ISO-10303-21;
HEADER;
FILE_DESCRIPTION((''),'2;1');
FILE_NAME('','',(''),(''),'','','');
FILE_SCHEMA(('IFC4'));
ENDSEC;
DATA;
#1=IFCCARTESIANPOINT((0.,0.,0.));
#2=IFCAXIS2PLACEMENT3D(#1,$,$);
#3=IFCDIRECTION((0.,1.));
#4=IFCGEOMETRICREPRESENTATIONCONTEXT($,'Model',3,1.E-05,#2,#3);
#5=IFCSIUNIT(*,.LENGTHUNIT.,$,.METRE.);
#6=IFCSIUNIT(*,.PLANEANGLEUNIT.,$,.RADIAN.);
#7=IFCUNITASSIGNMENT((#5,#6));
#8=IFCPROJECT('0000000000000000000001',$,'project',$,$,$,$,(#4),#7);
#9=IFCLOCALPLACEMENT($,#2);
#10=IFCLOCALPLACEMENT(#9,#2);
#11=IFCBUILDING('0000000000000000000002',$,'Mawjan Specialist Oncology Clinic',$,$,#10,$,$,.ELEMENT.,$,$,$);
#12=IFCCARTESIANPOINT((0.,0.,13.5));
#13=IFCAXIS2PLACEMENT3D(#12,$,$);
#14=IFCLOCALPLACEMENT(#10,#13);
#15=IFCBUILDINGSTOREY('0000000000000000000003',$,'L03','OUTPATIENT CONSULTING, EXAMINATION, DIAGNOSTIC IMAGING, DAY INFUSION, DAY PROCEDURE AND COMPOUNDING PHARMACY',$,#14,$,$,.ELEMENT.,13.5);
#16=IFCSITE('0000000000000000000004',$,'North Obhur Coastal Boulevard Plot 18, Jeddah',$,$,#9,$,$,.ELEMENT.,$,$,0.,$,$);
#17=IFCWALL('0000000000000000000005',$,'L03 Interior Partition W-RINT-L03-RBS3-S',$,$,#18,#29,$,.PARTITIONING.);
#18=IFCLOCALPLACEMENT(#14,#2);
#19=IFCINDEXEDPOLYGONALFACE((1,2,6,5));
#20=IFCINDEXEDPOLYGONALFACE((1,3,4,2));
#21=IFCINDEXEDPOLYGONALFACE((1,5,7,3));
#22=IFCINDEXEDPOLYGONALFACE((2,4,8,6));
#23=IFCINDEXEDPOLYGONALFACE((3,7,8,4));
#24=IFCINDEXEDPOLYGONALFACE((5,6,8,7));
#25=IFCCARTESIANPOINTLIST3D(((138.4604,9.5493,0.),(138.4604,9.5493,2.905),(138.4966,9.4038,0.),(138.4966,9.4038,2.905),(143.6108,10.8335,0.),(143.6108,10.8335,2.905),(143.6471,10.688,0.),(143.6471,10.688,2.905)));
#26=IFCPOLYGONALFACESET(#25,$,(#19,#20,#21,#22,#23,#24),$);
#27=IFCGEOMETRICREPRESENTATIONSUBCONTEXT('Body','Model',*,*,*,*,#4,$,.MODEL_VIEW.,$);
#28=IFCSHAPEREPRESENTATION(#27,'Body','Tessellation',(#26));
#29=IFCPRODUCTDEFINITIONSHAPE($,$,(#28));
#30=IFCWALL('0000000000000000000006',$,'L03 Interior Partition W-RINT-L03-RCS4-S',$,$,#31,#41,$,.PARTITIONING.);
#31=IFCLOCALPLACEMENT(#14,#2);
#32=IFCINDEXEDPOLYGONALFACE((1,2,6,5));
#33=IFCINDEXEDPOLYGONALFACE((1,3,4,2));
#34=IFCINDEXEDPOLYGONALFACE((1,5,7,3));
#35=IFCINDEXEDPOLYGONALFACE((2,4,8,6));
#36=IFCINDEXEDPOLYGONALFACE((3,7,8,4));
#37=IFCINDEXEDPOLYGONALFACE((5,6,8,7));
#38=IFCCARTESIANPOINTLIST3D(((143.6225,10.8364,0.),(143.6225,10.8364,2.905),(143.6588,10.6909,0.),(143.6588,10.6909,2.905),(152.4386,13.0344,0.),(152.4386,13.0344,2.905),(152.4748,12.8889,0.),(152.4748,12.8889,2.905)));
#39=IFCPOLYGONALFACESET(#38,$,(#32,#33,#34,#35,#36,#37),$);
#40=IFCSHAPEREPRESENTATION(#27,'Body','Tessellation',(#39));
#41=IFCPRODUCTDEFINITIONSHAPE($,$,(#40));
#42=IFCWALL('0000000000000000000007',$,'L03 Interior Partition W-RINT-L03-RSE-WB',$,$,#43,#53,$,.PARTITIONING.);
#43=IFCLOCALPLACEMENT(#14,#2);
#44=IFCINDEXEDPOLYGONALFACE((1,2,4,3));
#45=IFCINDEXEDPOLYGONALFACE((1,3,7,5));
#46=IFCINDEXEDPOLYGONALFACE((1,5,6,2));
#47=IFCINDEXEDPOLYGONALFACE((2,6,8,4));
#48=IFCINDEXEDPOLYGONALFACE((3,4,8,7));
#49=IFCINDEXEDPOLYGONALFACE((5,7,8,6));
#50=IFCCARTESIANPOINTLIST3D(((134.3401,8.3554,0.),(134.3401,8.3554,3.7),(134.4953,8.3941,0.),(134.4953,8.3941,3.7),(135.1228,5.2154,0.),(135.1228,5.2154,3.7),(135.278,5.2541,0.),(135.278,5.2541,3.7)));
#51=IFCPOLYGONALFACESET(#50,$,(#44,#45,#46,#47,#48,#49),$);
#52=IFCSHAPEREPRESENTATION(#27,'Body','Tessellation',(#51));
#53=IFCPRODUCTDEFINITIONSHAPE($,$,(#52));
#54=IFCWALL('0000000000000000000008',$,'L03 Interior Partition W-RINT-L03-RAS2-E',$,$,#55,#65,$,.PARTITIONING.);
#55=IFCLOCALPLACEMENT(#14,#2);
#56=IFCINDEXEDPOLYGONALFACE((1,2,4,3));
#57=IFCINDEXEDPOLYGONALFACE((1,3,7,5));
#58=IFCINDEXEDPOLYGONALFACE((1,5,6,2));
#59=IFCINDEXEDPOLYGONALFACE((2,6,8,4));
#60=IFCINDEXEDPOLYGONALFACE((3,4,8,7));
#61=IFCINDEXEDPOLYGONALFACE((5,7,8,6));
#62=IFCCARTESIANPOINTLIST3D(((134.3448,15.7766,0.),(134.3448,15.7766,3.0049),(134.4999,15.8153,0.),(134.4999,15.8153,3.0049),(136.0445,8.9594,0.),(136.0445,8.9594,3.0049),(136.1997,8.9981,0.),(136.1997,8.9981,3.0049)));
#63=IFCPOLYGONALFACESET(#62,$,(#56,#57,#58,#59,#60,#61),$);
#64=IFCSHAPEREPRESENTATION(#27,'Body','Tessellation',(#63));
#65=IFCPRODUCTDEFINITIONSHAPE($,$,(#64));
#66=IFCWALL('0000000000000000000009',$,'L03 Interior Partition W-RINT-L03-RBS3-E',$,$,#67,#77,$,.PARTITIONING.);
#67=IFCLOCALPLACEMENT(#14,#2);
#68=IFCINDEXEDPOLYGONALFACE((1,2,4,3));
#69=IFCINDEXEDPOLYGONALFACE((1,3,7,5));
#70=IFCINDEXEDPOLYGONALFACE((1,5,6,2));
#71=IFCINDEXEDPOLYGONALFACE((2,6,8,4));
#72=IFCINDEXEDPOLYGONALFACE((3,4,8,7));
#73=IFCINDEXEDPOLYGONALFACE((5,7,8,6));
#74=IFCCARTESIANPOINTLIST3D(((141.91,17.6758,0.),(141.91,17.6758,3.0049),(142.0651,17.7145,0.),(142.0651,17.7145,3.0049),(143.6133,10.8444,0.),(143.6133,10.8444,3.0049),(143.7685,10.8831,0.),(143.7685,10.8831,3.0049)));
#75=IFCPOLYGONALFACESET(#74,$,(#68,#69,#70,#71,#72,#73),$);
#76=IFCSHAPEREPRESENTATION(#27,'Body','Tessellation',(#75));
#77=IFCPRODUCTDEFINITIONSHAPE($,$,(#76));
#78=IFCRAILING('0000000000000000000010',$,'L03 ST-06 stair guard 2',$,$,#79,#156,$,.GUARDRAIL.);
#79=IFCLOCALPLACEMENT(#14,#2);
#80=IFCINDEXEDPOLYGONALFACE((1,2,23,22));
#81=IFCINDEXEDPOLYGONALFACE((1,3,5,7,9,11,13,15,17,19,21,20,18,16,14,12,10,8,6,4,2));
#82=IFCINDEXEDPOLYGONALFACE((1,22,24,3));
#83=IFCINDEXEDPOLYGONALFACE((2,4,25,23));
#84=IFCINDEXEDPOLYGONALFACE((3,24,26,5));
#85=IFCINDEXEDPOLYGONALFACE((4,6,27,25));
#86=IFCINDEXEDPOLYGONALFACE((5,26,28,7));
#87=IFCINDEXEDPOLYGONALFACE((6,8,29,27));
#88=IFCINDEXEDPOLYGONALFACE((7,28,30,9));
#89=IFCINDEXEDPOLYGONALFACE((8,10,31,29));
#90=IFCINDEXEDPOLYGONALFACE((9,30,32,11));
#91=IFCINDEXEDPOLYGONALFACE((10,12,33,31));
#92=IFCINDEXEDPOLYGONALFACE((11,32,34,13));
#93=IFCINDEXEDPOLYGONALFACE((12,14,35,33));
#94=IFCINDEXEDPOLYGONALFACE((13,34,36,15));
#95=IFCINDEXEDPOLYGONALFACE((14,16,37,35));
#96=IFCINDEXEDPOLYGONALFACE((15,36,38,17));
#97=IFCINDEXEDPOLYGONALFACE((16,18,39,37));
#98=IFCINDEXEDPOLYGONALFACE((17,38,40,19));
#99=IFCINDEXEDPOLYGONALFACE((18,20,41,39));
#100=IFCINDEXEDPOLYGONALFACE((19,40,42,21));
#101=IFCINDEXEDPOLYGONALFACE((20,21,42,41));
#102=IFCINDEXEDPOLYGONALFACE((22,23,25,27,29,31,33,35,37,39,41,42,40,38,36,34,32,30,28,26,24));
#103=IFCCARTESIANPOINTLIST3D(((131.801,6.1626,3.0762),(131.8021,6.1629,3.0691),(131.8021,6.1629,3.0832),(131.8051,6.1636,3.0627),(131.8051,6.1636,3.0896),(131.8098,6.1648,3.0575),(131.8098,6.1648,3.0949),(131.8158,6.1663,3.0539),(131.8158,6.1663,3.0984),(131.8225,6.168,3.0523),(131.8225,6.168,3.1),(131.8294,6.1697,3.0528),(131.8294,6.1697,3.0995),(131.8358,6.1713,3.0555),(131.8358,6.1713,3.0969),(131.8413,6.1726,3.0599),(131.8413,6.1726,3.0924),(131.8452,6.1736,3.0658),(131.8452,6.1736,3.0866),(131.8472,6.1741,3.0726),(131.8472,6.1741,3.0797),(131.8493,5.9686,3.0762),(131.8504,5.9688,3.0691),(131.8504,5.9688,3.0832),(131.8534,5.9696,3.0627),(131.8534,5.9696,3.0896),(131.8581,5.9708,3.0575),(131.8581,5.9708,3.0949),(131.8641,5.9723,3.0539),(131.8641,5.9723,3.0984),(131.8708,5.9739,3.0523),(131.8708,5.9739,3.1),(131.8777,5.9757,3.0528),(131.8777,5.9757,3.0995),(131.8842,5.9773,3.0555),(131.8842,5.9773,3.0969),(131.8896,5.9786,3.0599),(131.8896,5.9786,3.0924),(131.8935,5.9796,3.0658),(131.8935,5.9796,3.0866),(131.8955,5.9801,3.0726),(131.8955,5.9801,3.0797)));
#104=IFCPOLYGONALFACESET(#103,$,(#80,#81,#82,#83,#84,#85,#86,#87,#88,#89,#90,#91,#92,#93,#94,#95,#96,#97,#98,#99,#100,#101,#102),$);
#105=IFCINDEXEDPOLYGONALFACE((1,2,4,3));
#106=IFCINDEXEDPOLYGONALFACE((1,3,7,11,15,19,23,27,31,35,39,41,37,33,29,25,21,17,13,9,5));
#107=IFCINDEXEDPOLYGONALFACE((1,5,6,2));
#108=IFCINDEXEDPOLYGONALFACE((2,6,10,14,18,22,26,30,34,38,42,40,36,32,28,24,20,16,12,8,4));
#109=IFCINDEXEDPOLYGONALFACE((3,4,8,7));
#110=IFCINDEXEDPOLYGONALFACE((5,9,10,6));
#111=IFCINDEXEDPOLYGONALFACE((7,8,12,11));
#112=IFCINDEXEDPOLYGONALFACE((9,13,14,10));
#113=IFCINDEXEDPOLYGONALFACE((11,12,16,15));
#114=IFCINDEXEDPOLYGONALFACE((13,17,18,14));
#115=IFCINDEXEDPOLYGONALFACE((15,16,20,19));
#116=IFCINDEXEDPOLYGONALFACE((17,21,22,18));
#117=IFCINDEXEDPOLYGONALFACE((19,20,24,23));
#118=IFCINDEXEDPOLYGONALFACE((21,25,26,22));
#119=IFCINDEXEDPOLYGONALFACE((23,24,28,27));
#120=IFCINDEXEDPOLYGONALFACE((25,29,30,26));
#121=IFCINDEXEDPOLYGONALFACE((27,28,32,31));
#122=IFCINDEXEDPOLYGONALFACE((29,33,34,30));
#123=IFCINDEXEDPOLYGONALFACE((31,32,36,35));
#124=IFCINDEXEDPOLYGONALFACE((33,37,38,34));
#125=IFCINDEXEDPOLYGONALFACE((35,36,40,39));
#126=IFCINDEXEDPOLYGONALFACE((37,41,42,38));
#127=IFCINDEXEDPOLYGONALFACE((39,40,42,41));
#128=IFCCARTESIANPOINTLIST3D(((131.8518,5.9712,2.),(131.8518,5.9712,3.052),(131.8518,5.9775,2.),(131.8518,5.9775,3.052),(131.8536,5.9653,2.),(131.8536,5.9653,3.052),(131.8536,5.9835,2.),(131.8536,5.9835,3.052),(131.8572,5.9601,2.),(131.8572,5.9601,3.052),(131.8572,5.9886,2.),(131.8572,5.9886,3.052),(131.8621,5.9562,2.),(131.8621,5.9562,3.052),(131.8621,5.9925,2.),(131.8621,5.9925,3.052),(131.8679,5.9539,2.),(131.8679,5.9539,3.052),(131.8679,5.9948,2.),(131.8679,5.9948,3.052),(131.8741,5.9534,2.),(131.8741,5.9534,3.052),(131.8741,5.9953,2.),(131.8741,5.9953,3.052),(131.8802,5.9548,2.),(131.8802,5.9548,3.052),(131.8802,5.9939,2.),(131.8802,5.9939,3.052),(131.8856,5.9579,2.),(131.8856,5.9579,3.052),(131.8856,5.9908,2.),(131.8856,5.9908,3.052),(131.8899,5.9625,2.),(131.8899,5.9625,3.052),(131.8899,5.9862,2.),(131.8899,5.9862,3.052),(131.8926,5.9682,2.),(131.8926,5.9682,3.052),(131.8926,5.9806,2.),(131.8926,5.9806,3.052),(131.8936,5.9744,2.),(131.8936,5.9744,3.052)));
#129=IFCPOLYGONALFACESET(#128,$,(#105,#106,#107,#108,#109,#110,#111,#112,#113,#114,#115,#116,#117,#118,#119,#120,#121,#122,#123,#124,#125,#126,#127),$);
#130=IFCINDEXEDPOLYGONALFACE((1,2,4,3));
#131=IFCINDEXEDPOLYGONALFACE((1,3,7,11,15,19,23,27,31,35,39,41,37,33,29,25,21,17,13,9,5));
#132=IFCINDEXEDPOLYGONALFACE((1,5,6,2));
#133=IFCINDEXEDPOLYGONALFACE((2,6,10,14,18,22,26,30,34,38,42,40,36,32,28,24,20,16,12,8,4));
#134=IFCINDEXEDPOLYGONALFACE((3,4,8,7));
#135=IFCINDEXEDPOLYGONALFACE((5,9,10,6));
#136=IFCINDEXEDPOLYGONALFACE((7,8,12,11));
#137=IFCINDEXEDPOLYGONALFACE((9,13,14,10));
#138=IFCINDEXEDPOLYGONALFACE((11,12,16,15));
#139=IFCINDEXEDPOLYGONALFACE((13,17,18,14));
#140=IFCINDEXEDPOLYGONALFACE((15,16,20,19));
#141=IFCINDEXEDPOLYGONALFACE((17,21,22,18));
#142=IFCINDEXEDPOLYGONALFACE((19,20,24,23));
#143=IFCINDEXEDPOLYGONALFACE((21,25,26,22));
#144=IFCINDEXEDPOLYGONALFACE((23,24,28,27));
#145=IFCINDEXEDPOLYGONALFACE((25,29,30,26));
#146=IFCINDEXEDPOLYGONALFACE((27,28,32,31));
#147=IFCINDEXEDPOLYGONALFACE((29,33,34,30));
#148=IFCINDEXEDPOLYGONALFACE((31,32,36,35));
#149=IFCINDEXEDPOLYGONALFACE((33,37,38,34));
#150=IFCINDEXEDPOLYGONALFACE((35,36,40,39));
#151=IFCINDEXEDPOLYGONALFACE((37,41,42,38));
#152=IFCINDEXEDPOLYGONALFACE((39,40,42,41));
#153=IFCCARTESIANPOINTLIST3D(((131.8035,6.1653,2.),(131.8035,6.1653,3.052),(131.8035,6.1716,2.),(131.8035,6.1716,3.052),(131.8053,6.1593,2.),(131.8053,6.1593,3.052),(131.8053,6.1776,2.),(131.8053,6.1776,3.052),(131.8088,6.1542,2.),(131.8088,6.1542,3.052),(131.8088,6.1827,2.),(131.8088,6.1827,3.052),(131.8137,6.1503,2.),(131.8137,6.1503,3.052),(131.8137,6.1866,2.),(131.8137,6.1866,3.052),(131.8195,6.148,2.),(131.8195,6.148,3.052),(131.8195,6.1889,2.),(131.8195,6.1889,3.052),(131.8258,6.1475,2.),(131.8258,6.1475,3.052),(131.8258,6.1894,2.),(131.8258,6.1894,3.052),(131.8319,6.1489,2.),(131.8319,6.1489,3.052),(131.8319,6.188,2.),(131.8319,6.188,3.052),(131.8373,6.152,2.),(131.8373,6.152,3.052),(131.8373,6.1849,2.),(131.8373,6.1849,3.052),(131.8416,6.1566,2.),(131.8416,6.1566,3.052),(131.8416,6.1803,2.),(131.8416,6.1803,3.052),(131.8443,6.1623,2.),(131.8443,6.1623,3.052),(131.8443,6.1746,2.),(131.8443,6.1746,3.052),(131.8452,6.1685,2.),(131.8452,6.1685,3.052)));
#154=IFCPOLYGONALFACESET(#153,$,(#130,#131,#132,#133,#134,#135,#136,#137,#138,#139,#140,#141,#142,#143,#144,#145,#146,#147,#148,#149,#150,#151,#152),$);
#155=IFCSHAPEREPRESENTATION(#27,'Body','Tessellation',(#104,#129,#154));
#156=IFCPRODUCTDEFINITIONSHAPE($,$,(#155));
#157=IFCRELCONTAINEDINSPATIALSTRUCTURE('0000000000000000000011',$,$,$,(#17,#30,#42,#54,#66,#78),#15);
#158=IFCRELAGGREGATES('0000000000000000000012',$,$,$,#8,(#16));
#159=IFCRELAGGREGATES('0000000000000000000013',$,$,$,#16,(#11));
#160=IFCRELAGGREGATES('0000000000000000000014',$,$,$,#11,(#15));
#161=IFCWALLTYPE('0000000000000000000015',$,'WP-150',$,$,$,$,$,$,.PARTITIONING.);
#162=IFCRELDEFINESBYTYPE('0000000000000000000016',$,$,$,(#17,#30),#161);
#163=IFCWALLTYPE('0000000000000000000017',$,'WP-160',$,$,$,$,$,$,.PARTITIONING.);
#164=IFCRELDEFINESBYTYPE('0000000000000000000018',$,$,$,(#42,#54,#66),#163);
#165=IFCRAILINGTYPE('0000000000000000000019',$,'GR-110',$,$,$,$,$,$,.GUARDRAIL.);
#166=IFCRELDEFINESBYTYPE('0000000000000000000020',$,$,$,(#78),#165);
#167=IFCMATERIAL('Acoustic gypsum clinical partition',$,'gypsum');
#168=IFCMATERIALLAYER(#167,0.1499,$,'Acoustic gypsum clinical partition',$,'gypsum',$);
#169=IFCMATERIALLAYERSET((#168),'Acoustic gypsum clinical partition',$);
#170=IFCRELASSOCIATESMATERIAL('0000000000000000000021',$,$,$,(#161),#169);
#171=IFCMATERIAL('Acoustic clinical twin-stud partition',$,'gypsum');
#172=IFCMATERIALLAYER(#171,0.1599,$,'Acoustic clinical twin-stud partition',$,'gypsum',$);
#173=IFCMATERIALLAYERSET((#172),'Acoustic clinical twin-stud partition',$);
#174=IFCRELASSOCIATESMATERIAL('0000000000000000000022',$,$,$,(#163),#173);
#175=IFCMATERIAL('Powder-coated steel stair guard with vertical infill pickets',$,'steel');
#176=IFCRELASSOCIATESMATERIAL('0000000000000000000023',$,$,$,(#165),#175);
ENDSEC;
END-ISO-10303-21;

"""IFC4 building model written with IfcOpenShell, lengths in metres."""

from ifc_helpers import new_model, si_unit, direction, frame, frame_2d, origin, origin_2d, place, context, subcontext, project, spatial, rectangle, circle, extrude, material, layer, layer_set, type_object, element, save


model = new_model("IFC4")

# Units and contexts
model_context = context("Model", 3, precision=1e-05, world=origin(), true_north=direction((0.0, 1.0)))
body_context = subcontext(model_context, "Body", "Model", "MODEL_VIEW")
ifc_project = project(units=[si_unit("LENGTHUNIT", "METRE"), si_unit("PLANEANGLEUNIT", "RADIAN")], contexts=[model_context])

# Site, building, storey
site_placement = place(None, origin())
site = spatial("IfcSite", under=ifc_project, at=site_placement, Name="North Obhur Coastal Boulevard Plot 18, Jeddah", CompositionType="ELEMENT", RefElevation=0.0)
building_placement = place(site_placement, origin())
building = spatial("IfcBuilding", under=site, at=building_placement, Name="Mawjan Specialist Oncology Clinic", CompositionType="ELEMENT")
storey_placement = place(building_placement, frame((0.0, 0.0, 13.5)))
storey = spatial("IfcBuildingStorey", under=building, at=storey_placement, Name="L03", Description="OUTPATIENT CONSULTING, EXAMINATION, DIAGNOSTIC IMAGING, DAY INFUSION, DAY PROCEDURE AND COMPOUNDING PHARMACY", CompositionType="ELEMENT", Elevation=13.5)

# Shared definitions
ifc_material_1 = material(Name="Acoustic gypsum clinical partition", Category="gypsum")
ifc_layer_1 = layer(ifc_material_1, 0.1499, Name="Acoustic gypsum clinical partition", Category="gypsum")
ifc_layer_set_1 = layer_set([ifc_layer_1], Name="Acoustic gypsum clinical partition")
wall_type_1 = type_object("IfcWallType", Name="WP-150", PredefinedType="PARTITIONING", material=ifc_layer_set_1)

# Walls
wall_1_placement = place(storey_placement, frame((138.4785, 9.4766, 0.0), z_axis=(0.0, 0.0, 1.0), x_axis=(0.970294, 0.24193, 0.0)))
element("IfcWall", 1, at=wall_1_placement, inside=storey, type_object=wall_type_1, Name="L03 Interior Partition W-RINT-L03-RBS3-S", PredefinedType="PARTITIONING", context=body_context, shape_type="SweptSolid", body=[
    extrude(rectangle(XDim=5.3081, YDim=0.1499, at=frame_2d((2.6541, 0.0))), origin(), (0.0, 0.0, 1.0), 2.905),
])
wall_2_placement = place(storey_placement, frame((143.6406, 10.7637, 0.0), z_axis=(0.0, 0.0, 1.0), x_axis=(0.970299, 0.24191, 0.0)))
element("IfcWall", 2, at=wall_2_placement, inside=storey, type_object=wall_type_1, Name="L03 Interior Partition W-RINT-L03-RCS4-S", PredefinedType="PARTITIONING", context=body_context, shape_type="SweptSolid", body=[
    extrude(rectangle(XDim=9.0859, YDim=0.1499, at=frame_2d((4.543, 0.0))), origin(), (0.0, 0.0, 1.0), 2.905),
])
ifc_material_2 = material(Name="Acoustic clinical twin-stud partition", Category="gypsum")
ifc_layer_2 = layer(ifc_material_2, 0.1599, Name="Acoustic clinical twin-stud partition", Category="gypsum")
ifc_layer_set_2 = layer_set([ifc_layer_2], Name="Acoustic clinical twin-stud partition")
wall_type_2 = type_object("IfcWallType", Name="WP-160", PredefinedType="PARTITIONING", material=ifc_layer_set_2)
wall_3_placement = place(storey_placement, frame((135.2004, 5.2346, 0.0), z_axis=(0.0, 0.0, 1.0), x_axis=(-0.241879, 0.970306, 0.0)))
element("IfcWall", 3, at=wall_3_placement, inside=storey, type_object=wall_type_2, Name="L03 Interior Partition W-RINT-L03-RSE-WB", PredefinedType="PARTITIONING", context=body_context, shape_type="SweptSolid", body=[
    extrude(rectangle(XDim=3.2361, YDim=0.1599, at=frame_2d((1.6182, 0.0))), origin(), (0.0, 0.0, 1.0), 3.7),
])
wall_4_placement = place(storey_placement, frame((136.1221, 8.9788, 0.0), z_axis=(0.0, 0.0, 1.0), x_axis=(-0.241922, 0.970296, 0.0)))
element("IfcWall", 4, at=wall_4_placement, inside=storey, type_object=wall_type_2, Name="L03 Interior Partition W-RINT-L03-RAS2-E", PredefinedType="PARTITIONING", context=body_context, shape_type="SweptSolid", body=[
    extrude(rectangle(XDim=7.0259, YDim=0.1599, at=frame_2d((3.5129, 0.0))), origin(), (0.0, 0.0, 1.0), 3.0049),
])
wall_5_placement = place(storey_placement, frame((143.6909, 10.8638, 0.0), z_axis=(0.0, 0.0, 1.0), x_axis=(-0.24194, 0.970291, 0.0)))
element("IfcWall", 5, at=wall_5_placement, inside=storey, type_object=wall_type_2, Name="L03 Interior Partition W-RINT-L03-RBS3-E", PredefinedType="PARTITIONING", context=body_context, shape_type="SweptSolid", body=[
    extrude(rectangle(XDim=7.0405, YDim=0.1599, at=frame_2d((3.5203, 0.0))), origin(), (0.0, 0.0, 1.0), 3.0049),
])

# Railing
ifc_material_3 = material(Name="Powder-coated steel stair guard with vertical infill pickets", Category="steel")
railing_type = type_object("IfcRailingType", Name="GR-110", PredefinedType="GUARDRAIL", material=ifc_material_3)
railing_placement = place(storey_placement, frame((131.8726, 5.9744, 2.0)))
element("IfcRailing", 6, at=railing_placement, inside=storey, type_object=railing_type, Name="L03 ST-06 stair guard 2", PredefinedType="GUARDRAIL", context=body_context, shape_type="SweptSolid", body=[
    extrude(circle(Radius=0.0239, at=origin_2d()), frame((0.0, 0.0, 1.0762), z_axis=(-0.241674, 0.970358, 0.0), x_axis=(-0.970358, -0.241674, 0.0)), (0.0, 0.0, 1.0), 0.2),
    extrude(circle(Radius=0.021, at=origin_2d()), origin(), (0.0, 0.0, 1.0), 1.052),
    extrude(circle(Radius=0.021, at=origin_2d()), frame((-0.0483, 0.1941, 0.0)), (0.0, 0.0, 1.0), 1.052),
])

save(model, "model.ifc")
